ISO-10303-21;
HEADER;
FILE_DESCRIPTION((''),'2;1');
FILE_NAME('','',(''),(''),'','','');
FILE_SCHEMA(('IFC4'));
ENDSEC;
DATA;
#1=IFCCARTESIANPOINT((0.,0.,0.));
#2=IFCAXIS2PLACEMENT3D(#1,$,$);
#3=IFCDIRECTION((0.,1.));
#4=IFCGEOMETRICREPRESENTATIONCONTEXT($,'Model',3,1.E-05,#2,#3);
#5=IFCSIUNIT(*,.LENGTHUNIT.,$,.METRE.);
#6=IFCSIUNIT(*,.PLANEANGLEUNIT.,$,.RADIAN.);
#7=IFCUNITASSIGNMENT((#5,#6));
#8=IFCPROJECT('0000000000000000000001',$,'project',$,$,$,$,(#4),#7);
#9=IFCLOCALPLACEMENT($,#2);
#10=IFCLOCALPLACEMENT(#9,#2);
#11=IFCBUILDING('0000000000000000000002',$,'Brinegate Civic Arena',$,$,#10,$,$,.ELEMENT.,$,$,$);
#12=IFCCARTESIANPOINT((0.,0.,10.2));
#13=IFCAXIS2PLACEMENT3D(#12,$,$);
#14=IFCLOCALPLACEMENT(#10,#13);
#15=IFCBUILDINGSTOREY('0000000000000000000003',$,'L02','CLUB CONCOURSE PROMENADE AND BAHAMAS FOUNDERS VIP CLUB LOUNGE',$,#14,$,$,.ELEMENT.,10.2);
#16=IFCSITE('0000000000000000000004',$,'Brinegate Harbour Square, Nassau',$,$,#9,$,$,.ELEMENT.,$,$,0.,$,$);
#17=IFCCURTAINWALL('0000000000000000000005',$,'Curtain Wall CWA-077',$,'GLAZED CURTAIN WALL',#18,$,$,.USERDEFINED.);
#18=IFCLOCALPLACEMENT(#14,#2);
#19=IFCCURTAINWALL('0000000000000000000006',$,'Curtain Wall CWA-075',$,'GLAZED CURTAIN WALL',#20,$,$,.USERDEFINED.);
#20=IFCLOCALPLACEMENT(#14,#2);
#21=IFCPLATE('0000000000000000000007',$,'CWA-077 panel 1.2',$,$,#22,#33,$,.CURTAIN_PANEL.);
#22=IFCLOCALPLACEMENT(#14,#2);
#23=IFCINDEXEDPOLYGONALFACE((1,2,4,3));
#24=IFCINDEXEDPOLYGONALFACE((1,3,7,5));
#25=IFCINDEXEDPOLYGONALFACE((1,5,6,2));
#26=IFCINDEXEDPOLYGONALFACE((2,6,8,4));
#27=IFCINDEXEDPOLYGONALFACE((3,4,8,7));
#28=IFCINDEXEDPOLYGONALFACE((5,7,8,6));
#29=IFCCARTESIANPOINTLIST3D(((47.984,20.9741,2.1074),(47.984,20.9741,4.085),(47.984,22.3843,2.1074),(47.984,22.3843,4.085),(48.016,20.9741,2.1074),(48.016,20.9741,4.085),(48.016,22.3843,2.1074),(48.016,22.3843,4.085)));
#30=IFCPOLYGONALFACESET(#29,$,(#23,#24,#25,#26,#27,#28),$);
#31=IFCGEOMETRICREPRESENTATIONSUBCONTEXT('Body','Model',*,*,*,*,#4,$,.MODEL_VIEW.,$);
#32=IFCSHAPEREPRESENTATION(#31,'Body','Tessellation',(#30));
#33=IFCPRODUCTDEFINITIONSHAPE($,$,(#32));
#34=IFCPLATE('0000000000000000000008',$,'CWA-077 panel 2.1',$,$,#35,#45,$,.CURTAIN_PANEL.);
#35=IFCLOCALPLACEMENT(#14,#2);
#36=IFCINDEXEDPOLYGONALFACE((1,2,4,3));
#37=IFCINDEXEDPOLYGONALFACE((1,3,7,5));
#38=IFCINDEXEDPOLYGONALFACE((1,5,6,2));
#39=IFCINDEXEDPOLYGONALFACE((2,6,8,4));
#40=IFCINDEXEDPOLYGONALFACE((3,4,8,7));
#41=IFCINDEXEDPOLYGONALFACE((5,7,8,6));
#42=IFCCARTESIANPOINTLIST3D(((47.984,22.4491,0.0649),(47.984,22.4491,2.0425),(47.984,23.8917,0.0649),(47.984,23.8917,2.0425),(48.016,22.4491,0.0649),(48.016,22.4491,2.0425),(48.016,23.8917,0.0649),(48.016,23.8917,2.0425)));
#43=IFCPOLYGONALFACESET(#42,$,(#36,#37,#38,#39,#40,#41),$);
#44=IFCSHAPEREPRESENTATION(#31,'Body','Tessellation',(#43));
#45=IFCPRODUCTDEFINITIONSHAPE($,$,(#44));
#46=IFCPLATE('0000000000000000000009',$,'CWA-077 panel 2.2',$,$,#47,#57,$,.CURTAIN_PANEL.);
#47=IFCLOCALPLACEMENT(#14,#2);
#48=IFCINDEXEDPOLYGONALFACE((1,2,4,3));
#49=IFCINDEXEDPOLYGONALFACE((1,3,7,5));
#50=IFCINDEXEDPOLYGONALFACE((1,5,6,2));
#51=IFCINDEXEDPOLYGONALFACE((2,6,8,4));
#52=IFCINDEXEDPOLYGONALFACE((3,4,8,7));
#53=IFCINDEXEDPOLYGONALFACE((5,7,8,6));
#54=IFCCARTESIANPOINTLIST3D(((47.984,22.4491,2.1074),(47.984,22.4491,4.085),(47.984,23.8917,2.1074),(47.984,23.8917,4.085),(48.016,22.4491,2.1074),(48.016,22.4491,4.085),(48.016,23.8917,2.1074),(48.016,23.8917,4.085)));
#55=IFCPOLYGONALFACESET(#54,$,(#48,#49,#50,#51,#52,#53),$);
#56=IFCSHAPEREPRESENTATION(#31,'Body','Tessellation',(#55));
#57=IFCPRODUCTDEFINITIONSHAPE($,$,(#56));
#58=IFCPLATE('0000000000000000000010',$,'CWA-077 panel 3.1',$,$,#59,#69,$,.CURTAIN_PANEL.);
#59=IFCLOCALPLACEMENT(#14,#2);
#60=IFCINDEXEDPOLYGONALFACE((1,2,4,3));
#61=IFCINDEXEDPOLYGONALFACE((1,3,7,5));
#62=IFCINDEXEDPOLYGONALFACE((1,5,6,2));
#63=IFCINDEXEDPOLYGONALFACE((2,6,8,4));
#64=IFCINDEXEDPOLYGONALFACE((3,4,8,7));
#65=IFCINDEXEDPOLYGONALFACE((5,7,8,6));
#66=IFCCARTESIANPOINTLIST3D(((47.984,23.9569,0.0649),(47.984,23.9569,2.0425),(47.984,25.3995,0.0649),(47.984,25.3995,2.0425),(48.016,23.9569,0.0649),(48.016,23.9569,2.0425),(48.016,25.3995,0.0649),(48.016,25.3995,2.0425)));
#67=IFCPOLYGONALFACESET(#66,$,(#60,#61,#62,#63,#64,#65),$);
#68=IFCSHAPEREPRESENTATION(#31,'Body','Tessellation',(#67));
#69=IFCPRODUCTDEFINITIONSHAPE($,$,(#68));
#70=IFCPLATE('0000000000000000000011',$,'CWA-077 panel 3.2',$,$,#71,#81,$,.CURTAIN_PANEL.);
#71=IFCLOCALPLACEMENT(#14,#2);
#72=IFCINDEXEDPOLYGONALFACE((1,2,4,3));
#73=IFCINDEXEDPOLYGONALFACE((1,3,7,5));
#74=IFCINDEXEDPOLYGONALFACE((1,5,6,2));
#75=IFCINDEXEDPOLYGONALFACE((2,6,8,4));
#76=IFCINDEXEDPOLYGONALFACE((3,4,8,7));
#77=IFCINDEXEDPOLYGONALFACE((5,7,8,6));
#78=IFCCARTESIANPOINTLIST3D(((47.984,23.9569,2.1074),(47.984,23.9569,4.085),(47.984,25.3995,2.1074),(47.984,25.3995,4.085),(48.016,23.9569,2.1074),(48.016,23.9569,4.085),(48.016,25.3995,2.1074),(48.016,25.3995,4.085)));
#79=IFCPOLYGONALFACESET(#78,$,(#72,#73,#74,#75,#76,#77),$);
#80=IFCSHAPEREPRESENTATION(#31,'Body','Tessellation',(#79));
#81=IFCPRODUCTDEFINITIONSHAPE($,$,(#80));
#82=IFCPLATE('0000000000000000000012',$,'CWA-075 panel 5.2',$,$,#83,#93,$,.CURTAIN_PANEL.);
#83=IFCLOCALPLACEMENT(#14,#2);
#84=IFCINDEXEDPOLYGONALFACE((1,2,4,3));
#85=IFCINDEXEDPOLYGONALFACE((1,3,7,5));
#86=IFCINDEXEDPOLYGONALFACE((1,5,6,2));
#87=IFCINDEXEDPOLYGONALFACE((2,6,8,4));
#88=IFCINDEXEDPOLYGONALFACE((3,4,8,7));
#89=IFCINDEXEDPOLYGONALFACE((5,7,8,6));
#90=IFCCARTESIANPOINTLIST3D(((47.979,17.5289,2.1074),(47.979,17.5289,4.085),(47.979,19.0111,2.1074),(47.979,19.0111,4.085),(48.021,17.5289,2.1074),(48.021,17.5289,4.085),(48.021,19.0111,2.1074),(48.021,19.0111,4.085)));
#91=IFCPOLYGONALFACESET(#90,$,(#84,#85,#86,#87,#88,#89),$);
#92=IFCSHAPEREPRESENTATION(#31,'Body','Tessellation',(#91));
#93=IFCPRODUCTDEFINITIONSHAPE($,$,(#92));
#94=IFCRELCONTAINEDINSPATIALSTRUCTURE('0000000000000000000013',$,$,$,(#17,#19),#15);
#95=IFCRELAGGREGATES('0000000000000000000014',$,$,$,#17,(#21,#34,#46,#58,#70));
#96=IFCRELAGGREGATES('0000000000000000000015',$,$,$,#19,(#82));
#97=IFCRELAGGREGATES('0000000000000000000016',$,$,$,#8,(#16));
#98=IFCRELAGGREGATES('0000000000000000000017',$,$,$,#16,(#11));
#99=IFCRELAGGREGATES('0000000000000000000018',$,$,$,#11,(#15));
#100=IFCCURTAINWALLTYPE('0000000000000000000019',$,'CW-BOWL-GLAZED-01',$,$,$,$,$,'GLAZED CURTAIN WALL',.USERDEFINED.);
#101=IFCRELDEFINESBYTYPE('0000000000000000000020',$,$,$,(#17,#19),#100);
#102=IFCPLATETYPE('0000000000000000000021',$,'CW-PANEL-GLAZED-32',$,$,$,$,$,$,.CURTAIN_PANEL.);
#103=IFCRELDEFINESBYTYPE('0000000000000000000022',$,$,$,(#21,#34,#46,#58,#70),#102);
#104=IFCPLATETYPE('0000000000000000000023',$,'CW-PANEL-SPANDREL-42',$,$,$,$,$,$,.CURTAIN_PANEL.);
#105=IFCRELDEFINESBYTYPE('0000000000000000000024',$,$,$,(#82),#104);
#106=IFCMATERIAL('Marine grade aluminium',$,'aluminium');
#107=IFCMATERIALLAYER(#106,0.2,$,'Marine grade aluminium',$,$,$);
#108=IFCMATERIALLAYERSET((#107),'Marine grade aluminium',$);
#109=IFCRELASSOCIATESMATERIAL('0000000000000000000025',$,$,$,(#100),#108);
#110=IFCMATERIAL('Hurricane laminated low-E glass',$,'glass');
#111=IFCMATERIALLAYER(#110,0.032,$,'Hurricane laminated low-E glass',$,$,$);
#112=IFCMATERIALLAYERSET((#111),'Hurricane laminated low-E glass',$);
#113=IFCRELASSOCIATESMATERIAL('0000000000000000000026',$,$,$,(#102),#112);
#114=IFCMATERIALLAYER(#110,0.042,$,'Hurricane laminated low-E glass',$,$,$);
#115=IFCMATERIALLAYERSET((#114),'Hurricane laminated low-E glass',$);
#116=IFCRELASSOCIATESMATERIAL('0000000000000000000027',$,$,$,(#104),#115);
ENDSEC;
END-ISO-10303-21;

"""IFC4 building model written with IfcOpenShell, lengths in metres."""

from ifc_helpers import new_model, si_unit, direction, frame, origin, origin_2d, place, context, subcontext, project, spatial, rectangle, extrude, material, layer, layer_set, type_object, element, aggregate, save


model = new_model("IFC4")

# Units and contexts
model_context = context("Model", 3, precision=1e-05, world=origin(), true_north=direction((0.0, 1.0)))
body_context = subcontext(model_context, "Body", "Model", "MODEL_VIEW")
ifc_project = project(units=[si_unit("LENGTHUNIT", "METRE"), si_unit("PLANEANGLEUNIT", "RADIAN")], contexts=[model_context])

# Site, building, storey
site_placement = place(None, origin())
site = spatial("IfcSite", under=ifc_project, at=site_placement, Name="Brinegate Harbour Square, Nassau", CompositionType="ELEMENT", RefElevation=0.0)
building_placement = place(site_placement, origin())
building = spatial("IfcBuilding", under=site, at=building_placement, Name="Brinegate Civic Arena", CompositionType="ELEMENT")
storey_placement = place(building_placement, frame((0.0, 0.0, 10.2)))
storey = spatial("IfcBuildingStorey", under=building, at=storey_placement, Name="L02", Description="CLUB CONCOURSE PROMENADE AND BAHAMAS FOUNDERS VIP CLUB LOUNGE", CompositionType="ELEMENT", Elevation=10.2)

# Curtain wall
ifc_material_1 = material(Name="Marine grade aluminium", Category="aluminium")
ifc_layer_1 = layer(ifc_material_1, 0.2, Name="Marine grade aluminium")
ifc_layer_set_1 = layer_set([ifc_layer_1], Name="Marine grade aluminium")
curtain_wall_type = type_object("IfcCurtainWallType", Name="CW-BOWL-GLAZED-01", ElementType="GLAZED CURTAIN WALL", PredefinedType="USERDEFINED", material=ifc_layer_set_1)
curtain_wall_1_placement = place(storey_placement, origin())
curtain_wall_1 = element("IfcCurtainWall", 1, at=curtain_wall_1_placement, inside=storey, type_object=curtain_wall_type, Name="Curtain Wall CWA-077", ObjectType="GLAZED CURTAIN WALL", PredefinedType="USERDEFINED")

# Curtain wall
curtain_wall_2_placement = place(storey_placement, origin())
curtain_wall_2 = element("IfcCurtainWall", 2, at=curtain_wall_2_placement, inside=storey, type_object=curtain_wall_type, Name="Curtain Wall CWA-075", ObjectType="GLAZED CURTAIN WALL", PredefinedType="USERDEFINED")

# Plates
ifc_material_2 = material(Name="Hurricane laminated low-E glass", Category="glass")
ifc_layer_2 = layer(ifc_material_2, 0.032, Name="Hurricane laminated low-E glass")
ifc_layer_set_2 = layer_set([ifc_layer_2], Name="Hurricane laminated low-E glass")
plate_type_1 = type_object("IfcPlateType", Name="CW-PANEL-GLAZED-32", PredefinedType="CURTAIN_PANEL", material=ifc_layer_set_2)
plate_1_placement = place(storey_placement, frame((48.0, 21.6792, 2.1074), z_axis=(0.0, 0.0, 1.0), x_axis=(0.0, 1.0, 0.0)))
plate_1 = element("IfcPlate", 3, at=plate_1_placement, type_object=plate_type_1, Name="CWA-077 panel 1.2", PredefinedType="CURTAIN_PANEL", context=body_context, shape_type="SweptSolid", body=[
    extrude(rectangle(XDim=1.4102, YDim=0.032, at=origin_2d()), origin(), (0.0, 0.0, 1.0), 1.9775),
])
plate_2_placement = place(storey_placement, frame((48.0, 23.1704, 0.0649), z_axis=(0.0, 0.0, 1.0), x_axis=(0.0, 1.0, 0.0)))
plate_2 = element("IfcPlate", 4, at=plate_2_placement, type_object=plate_type_1, Name="CWA-077 panel 2.1", PredefinedType="CURTAIN_PANEL", context=body_context, shape_type="SweptSolid", body=[
    extrude(rectangle(XDim=1.4426, YDim=0.032, at=origin_2d()), origin(), (0.0, 0.0, 1.0), 1.9775),
])
plate_3_placement = place(storey_placement, frame((48.0, 23.1704, 2.1074), z_axis=(0.0, 0.0, 1.0), x_axis=(0.0, 1.0, 0.0)))
plate_3 = element("IfcPlate", 5, at=plate_3_placement, type_object=plate_type_1, Name="CWA-077 panel 2.2", PredefinedType="CURTAIN_PANEL", context=body_context, shape_type="SweptSolid", body=[
    extrude(rectangle(XDim=1.4426, YDim=0.032, at=origin_2d()), origin(), (0.0, 0.0, 1.0), 1.9775),
])
plate_4_placement = place(storey_placement, frame((48.0, 24.6782, 0.0649), z_axis=(0.0, 0.0, 1.0), x_axis=(0.0, 1.0, 0.0)))
plate_4 = element("IfcPlate", 6, at=plate_4_placement, type_object=plate_type_1, Name="CWA-077 panel 3.1", PredefinedType="CURTAIN_PANEL", context=body_context, shape_type="SweptSolid", body=[
    extrude(rectangle(XDim=1.4426, YDim=0.032, at=origin_2d()), origin(), (0.0, 0.0, 1.0), 1.9775),
])
plate_5_placement = place(storey_placement, frame((48.0, 24.6782, 2.1074), z_axis=(0.0, 0.0, 1.0), x_axis=(0.0, 1.0, 0.0)))
plate_5 = element("IfcPlate", 7, at=plate_5_placement, type_object=plate_type_1, Name="CWA-077 panel 3.2", PredefinedType="CURTAIN_PANEL", context=body_context, shape_type="SweptSolid", body=[
    extrude(rectangle(XDim=1.4426, YDim=0.032, at=origin_2d()), origin(), (0.0, 0.0, 1.0), 1.9775),
])
aggregate(curtain_wall_1, [plate_1, plate_2, plate_3, plate_4, plate_5])
ifc_layer_3 = layer(ifc_material_2, 0.042, Name="Hurricane laminated low-E glass")
ifc_layer_set_3 = layer_set([ifc_layer_3], Name="Hurricane laminated low-E glass")
plate_type_2 = type_object("IfcPlateType", Name="CW-PANEL-SPANDREL-42", PredefinedType="CURTAIN_PANEL", material=ifc_layer_set_3)
plate_6_placement = place(storey_placement, frame((48.0, 18.27, 2.1074), z_axis=(0.0, 0.0, 1.0), x_axis=(0.0, 1.0, 0.0)))
plate_6 = element("IfcPlate", 8, at=plate_6_placement, type_object=plate_type_2, Name="CWA-075 panel 5.2", PredefinedType="CURTAIN_PANEL", context=body_context, shape_type="SweptSolid", body=[
    extrude(rectangle(XDim=1.4822, YDim=0.042, at=origin_2d()), origin(), (0.0, 0.0, 1.0), 1.9775),
])
aggregate(curtain_wall_2, [plate_6])

save(model, "model.ifc")
